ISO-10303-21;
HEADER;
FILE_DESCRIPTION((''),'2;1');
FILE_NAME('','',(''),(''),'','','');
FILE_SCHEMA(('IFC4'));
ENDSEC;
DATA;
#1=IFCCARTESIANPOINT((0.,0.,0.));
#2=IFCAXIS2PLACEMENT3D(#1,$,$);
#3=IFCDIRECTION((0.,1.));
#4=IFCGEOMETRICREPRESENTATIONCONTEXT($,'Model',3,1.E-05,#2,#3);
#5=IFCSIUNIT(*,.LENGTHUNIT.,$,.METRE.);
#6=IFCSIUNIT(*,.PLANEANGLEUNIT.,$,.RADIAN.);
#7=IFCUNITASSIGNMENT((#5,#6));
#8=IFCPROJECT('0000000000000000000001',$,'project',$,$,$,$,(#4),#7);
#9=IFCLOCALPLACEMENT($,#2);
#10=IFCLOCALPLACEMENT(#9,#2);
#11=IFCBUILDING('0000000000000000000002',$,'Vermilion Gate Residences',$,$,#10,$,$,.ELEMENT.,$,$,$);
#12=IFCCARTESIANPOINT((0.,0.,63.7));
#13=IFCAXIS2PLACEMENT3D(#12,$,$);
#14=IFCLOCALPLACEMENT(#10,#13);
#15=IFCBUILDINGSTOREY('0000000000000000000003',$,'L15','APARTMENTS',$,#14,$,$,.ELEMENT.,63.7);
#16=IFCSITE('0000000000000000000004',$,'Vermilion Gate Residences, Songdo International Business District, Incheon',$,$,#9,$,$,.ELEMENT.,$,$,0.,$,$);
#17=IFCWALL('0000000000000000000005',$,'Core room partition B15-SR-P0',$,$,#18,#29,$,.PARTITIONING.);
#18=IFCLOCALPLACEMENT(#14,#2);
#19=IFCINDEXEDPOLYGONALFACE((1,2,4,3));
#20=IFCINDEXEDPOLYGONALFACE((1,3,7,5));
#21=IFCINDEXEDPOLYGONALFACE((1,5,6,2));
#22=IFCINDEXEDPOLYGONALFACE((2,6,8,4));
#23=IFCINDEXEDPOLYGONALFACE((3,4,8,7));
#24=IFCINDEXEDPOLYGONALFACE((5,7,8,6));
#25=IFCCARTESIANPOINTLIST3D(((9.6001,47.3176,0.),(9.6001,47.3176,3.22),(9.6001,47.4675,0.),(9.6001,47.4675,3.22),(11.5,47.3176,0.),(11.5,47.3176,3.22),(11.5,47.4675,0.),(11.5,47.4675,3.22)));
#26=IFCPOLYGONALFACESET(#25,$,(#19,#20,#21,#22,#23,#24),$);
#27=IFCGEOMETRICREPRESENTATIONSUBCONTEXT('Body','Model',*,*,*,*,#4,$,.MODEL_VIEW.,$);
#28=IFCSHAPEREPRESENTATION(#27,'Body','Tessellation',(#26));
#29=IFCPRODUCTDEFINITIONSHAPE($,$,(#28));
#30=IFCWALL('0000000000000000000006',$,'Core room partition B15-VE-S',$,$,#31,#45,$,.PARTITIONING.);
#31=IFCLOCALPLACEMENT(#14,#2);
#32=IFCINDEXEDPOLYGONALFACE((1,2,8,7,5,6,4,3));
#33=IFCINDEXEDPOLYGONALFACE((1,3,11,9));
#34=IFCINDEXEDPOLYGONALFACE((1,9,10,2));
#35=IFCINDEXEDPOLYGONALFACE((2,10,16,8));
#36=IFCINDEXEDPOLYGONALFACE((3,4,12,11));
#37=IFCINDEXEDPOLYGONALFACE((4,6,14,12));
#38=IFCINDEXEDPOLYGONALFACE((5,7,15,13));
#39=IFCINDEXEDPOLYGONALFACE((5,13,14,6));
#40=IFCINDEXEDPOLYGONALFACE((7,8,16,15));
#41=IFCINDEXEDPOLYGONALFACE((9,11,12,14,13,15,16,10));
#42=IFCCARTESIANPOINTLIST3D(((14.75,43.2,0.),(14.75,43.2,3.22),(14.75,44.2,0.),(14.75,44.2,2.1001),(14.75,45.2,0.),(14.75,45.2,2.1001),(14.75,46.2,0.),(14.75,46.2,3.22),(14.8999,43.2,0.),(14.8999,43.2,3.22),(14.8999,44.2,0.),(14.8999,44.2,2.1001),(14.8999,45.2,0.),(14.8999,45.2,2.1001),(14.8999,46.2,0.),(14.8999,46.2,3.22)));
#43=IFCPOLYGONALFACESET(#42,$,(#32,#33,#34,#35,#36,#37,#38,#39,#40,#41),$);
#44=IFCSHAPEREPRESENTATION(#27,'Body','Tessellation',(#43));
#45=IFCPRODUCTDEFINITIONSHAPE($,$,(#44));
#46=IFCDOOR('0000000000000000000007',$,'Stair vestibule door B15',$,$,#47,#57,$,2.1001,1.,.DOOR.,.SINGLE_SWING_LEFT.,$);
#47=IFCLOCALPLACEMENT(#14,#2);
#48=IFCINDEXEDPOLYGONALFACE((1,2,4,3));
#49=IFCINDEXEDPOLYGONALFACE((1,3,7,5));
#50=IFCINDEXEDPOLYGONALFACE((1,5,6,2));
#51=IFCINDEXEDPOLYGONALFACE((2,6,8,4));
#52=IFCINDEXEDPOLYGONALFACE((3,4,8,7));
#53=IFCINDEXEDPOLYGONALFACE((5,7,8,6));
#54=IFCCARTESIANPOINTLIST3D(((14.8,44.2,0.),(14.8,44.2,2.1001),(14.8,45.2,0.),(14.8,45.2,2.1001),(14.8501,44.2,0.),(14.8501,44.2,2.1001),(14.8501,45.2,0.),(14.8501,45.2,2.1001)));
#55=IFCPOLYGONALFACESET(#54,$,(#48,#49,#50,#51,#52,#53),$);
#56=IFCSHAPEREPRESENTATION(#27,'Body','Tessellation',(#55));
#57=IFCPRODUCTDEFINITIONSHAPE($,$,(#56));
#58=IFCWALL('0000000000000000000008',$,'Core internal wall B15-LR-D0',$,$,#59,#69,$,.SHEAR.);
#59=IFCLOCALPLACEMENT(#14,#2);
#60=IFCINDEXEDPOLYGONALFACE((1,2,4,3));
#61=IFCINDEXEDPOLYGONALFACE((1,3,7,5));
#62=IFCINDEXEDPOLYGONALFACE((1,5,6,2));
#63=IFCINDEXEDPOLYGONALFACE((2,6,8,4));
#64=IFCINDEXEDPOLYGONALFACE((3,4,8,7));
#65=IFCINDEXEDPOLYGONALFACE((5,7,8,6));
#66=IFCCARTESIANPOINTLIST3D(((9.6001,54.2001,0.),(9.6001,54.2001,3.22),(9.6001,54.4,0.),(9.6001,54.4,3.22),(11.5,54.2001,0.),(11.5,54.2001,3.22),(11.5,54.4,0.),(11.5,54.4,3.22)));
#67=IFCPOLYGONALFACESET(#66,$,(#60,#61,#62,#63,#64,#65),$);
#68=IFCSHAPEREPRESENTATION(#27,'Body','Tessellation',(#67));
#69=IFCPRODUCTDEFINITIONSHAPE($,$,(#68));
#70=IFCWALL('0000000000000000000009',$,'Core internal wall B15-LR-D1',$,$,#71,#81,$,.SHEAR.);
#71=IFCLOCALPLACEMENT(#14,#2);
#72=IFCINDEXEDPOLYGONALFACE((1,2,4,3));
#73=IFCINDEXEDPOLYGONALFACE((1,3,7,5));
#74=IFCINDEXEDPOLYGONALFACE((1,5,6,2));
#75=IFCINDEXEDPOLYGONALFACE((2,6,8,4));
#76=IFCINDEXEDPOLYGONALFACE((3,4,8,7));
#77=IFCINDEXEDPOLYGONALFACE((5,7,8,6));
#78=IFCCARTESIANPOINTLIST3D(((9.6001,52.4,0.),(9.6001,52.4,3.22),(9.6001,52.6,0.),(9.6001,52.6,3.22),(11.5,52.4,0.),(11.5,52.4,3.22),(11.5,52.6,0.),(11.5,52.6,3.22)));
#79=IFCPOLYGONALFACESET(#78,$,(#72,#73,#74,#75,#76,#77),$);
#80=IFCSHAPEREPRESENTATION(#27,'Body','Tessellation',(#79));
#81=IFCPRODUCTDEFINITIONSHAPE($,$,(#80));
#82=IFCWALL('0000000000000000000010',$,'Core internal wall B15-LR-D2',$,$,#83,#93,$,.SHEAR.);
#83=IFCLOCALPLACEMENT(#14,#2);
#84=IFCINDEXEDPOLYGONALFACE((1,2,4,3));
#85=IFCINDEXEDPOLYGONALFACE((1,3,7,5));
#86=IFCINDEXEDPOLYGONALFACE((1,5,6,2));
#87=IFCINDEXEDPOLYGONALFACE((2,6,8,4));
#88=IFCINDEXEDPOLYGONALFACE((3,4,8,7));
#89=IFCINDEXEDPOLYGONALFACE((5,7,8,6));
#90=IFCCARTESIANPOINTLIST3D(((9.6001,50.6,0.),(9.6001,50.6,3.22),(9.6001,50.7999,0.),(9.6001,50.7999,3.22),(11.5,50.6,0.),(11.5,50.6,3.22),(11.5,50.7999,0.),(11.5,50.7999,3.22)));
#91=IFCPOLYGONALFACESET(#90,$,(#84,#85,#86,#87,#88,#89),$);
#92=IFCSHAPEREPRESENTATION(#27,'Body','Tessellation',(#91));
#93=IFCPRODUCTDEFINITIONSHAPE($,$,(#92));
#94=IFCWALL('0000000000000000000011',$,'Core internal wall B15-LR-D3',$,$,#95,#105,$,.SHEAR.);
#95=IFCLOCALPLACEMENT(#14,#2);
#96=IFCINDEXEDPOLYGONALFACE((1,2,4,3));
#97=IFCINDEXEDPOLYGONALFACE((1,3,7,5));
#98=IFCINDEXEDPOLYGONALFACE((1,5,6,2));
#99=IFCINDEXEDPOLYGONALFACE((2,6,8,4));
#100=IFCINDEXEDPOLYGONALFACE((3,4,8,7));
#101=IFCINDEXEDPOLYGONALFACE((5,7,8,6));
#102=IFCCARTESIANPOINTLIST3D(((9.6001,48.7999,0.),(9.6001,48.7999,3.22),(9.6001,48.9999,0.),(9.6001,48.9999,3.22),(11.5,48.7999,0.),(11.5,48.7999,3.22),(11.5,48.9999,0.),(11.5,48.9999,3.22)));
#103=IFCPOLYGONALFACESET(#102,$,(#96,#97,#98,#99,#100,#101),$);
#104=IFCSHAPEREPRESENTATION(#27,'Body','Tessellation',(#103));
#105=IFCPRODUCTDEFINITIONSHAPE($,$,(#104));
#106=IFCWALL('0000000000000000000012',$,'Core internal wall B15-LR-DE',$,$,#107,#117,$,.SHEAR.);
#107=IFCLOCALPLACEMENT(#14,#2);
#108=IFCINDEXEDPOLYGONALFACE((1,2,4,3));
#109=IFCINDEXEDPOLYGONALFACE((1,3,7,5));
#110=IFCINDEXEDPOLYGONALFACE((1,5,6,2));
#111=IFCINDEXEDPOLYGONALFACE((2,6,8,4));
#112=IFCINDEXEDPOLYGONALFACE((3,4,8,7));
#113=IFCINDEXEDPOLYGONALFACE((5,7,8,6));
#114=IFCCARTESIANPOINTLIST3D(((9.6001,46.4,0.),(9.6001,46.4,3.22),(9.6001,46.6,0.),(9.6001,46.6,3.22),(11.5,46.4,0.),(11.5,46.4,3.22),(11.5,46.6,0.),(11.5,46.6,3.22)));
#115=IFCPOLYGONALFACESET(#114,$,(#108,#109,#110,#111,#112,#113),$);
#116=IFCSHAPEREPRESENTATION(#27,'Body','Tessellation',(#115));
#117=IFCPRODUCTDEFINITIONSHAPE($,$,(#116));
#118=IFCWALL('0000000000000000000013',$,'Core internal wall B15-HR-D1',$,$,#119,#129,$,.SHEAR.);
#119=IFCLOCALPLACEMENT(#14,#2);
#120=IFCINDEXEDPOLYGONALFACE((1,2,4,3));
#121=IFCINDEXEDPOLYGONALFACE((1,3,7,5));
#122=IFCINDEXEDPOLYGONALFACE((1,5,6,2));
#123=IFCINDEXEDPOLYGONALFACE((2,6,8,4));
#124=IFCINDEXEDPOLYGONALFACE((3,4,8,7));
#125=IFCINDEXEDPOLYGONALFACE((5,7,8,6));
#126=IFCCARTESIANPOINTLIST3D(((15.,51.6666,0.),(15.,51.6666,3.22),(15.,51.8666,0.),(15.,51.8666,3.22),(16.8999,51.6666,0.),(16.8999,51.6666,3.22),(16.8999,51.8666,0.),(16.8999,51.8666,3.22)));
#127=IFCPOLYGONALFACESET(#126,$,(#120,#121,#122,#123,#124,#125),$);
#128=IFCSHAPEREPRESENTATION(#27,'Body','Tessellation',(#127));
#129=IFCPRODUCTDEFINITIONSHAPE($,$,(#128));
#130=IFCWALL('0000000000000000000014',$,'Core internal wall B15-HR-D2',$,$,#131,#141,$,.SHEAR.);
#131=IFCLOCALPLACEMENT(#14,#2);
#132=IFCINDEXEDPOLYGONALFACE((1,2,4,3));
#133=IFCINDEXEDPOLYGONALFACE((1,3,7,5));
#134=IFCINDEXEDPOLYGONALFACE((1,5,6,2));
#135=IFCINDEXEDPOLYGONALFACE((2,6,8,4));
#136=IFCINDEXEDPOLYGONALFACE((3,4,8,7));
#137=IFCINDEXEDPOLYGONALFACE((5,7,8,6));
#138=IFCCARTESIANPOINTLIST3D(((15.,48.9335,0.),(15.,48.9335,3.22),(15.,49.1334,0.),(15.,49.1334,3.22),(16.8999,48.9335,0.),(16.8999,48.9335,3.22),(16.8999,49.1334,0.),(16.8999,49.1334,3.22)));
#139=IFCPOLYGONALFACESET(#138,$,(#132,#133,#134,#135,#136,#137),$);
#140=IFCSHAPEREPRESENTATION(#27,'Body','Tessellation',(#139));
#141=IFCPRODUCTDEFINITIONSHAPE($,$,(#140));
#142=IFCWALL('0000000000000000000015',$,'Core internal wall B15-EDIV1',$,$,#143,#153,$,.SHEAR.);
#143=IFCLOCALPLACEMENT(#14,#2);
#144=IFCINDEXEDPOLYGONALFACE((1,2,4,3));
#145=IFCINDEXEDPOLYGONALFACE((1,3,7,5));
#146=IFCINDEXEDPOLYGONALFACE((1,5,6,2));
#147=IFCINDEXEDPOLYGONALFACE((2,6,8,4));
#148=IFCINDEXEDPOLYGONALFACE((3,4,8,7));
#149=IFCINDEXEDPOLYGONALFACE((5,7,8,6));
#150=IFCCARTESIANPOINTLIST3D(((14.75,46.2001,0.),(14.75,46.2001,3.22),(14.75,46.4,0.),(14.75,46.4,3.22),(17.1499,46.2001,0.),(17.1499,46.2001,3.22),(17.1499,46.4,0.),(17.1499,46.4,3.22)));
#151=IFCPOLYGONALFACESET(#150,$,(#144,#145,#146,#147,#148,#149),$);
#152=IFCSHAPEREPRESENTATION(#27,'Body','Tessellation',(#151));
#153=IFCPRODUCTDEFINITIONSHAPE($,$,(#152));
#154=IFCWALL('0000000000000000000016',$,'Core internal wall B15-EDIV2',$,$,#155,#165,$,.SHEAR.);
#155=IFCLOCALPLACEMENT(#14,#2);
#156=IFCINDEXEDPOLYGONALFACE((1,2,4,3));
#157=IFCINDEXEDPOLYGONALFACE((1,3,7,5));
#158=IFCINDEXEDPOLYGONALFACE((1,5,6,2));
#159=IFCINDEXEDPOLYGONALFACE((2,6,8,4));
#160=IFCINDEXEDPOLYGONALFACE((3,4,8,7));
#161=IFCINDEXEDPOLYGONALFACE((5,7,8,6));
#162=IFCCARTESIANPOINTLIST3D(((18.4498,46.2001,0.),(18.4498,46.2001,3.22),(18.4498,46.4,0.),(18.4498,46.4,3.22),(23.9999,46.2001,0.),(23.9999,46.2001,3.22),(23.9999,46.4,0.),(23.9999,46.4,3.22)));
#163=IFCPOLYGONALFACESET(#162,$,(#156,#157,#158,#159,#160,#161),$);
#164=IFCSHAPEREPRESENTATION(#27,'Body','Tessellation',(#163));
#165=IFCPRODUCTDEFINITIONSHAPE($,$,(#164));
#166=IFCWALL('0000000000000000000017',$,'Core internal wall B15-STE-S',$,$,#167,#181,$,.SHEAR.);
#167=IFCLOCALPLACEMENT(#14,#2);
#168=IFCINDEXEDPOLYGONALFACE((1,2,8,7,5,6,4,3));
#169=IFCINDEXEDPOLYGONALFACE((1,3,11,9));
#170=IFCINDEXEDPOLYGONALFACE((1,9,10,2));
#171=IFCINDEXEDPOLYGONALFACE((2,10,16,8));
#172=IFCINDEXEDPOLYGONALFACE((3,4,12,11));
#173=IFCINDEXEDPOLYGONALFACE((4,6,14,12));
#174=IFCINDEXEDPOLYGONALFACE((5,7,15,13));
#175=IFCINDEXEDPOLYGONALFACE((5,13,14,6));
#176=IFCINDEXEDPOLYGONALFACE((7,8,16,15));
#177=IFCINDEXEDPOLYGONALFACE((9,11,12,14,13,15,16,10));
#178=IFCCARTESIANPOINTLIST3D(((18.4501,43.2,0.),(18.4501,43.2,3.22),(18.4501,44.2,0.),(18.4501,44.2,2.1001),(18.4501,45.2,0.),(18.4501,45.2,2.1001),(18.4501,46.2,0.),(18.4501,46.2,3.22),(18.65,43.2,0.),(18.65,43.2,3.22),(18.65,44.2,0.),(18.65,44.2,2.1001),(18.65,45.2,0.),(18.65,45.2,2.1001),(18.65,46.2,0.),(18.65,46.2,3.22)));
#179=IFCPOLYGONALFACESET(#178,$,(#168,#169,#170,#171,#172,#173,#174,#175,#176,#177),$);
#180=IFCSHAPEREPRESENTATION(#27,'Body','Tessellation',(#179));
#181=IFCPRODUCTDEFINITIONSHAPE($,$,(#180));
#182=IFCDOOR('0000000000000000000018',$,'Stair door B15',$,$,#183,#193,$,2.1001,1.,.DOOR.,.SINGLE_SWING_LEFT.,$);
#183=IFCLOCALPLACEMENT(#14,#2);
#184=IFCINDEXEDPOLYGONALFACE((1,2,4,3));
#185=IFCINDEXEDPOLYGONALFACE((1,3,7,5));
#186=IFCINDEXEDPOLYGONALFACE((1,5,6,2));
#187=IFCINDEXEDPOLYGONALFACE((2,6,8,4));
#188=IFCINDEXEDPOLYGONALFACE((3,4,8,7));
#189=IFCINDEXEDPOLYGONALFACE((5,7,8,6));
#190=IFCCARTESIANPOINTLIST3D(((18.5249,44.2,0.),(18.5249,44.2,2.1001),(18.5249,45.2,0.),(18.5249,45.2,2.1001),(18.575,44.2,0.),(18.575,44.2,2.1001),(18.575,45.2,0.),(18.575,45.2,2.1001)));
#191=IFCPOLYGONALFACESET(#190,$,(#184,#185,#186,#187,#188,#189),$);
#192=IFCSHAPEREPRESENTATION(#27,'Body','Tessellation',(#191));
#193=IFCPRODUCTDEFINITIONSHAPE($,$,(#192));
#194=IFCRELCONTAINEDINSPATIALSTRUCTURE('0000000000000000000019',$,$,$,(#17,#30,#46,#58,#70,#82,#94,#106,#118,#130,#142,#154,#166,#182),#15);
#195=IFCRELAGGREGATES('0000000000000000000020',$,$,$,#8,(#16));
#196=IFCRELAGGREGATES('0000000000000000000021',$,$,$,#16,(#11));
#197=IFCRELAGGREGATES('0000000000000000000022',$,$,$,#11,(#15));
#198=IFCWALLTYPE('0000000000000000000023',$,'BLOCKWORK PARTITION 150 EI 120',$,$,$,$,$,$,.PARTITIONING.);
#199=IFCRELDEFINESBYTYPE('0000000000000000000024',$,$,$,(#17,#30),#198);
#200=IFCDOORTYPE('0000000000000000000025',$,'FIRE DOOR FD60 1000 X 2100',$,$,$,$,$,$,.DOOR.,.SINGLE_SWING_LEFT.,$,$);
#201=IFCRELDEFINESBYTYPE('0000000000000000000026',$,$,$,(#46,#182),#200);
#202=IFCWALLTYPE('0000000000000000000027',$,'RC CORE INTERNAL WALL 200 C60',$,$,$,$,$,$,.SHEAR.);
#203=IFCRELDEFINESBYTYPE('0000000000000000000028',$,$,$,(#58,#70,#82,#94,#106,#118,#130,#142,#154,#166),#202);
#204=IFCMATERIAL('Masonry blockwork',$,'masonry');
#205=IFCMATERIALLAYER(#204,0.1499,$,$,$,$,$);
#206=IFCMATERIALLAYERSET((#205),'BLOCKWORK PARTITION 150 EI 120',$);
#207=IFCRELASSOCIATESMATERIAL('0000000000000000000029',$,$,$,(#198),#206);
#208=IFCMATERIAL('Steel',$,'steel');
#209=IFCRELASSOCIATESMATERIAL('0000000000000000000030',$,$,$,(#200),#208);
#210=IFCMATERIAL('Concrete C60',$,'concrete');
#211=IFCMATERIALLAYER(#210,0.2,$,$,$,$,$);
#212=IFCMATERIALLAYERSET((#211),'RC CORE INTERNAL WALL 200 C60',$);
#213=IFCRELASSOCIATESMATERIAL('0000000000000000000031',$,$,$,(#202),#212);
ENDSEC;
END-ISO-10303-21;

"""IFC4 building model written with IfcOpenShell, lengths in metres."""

from ifc_helpers import new_model, si_unit, direction, frame, frame_2d, origin, place, context, subcontext, project, spatial, rectangle, extrude, material, layer, layer_set, type_object, element, fill, save


model = new_model("IFC4")

# Units and contexts
model_context = context("Model", 3, precision=1e-05, world=origin(), true_north=direction((0.0, 1.0)))
body_context = subcontext(model_context, "Body", "Model", "MODEL_VIEW")
ifc_project = project(units=[si_unit("LENGTHUNIT", "METRE"), si_unit("PLANEANGLEUNIT", "RADIAN")], contexts=[model_context])

# Site, building, storey
site_placement = place(None, origin())
site = spatial("IfcSite", under=ifc_project, at=site_placement, Name="Vermilion Gate Residences, Songdo International Business District, Incheon", CompositionType="ELEMENT", RefElevation=0.0)
building_placement = place(site_placement, origin())
building = spatial("IfcBuilding", under=site, at=building_placement, Name="Vermilion Gate Residences", CompositionType="ELEMENT")
storey_placement = place(building_placement, frame((0.0, 0.0, 63.7)))
storey = spatial("IfcBuildingStorey", under=building, at=storey_placement, Name="L15", Description="APARTMENTS", CompositionType="ELEMENT", Elevation=63.7)

# Wall
ifc_material_1 = material(Name="Masonry blockwork", Category="masonry")
ifc_layer_1 = layer(ifc_material_1, 0.1499)
ifc_layer_set_1 = layer_set([ifc_layer_1], Name="BLOCKWORK PARTITION 150 EI 120")
wall_type_1 = type_object("IfcWallType", Name="BLOCKWORK PARTITION 150 EI 120", PredefinedType="PARTITIONING", material=ifc_layer_set_1)
wall_1_placement = place(storey_placement, frame((9.6001, 47.3926, 0.0), z_axis=(0.0, 0.0, 1.0), x_axis=(1.0, 0.0, 0.0)))
element("IfcWall", 1, at=wall_1_placement, inside=storey, type_object=wall_type_1, Name="Core room partition B15-SR-P0", PredefinedType="PARTITIONING", context=body_context, shape_type="SweptSolid", body=[
    extrude(rectangle(XDim=1.8999, YDim=0.1499, at=frame_2d((0.95, 0.0))), origin(), (0.0, 0.0, 1.0), 3.22),
])

# Wall, opening, door
wall_2_placement = place(storey_placement, frame((14.825, 46.2, 0.0), z_axis=(0.0, 0.0, 1.0), x_axis=(0.0, -1.0, 0.0)))
wall_2 = element("IfcWall", 2, at=wall_2_placement, inside=storey, type_object=wall_type_1, Name="Core room partition B15-VE-S", PredefinedType="PARTITIONING", context=body_context, shape_type="SweptSolid", body=[
    extrude(rectangle(XDim=3.0, YDim=0.1499, at=frame_2d((1.5, 0.0))), origin(), (0.0, 0.0, 1.0), 3.22),
])
opening_1_placement = place(wall_2_placement, frame((1.0, 0.0, 0.0)))
opening_1 = element("IfcOpeningElement", 3, at=opening_1_placement, cuts=wall_2, PredefinedType="OPENING", context=body_context, shape_type="SweptSolid", body=[
    extrude(rectangle(XDim=1.0, YDim=2.1001, at=frame_2d((0.5, 1.05))), frame((0.0, 0.085, 0.0), z_axis=(0.0, -1.0, 0.0), x_axis=(1.0, 0.0, 0.0)), (0.0, 0.0, 1.0), 0.1699),
])
ifc_material_2 = material(Name="Steel", Category="steel")
door_type_1 = type_object("IfcDoorType", Name="FIRE DOOR FD60 1000 X 2100", OperationType="SINGLE_SWING_LEFT", PredefinedType="DOOR", material=ifc_material_2)
door_1_placement = place(opening_1_placement, frame((1.0, 0.0, 0.0), z_axis=(0.0, 0.0, 1.0), x_axis=(-1.0, 0.0, 0.0)))
door_1 = element("IfcDoor", 4, at=door_1_placement, inside=storey, type_object=door_type_1, Name="Stair vestibule door B15", OperationType="SINGLE_SWING_LEFT", OverallHeight=2.1001, OverallWidth=1.0, PredefinedType="DOOR", context=body_context, shape_type="SweptSolid", body=[
    extrude(rectangle(XDim=1.0, YDim=2.1001, at=frame_2d((0.5, 1.05))), frame((0.0, 0.0249, 0.0), z_axis=(0.0, -1.0, 0.0), x_axis=(1.0, 0.0, 0.0)), (0.0, 0.0, 1.0), 0.05),
])
fill(opening_1, door_1)

# Walls
ifc_material_3 = material(Name="Concrete C60", Category="concrete")
ifc_layer_2 = layer(ifc_material_3, 0.2)
ifc_layer_set_2 = layer_set([ifc_layer_2], Name="RC CORE INTERNAL WALL 200 C60")
wall_type_2 = type_object("IfcWallType", Name="RC CORE INTERNAL WALL 200 C60", PredefinedType="SHEAR", material=ifc_layer_set_2)
for number, where, z_axis, x_axis, name in (
    (5, (9.6001, 54.3, 0.0), (0.0, 0.0, 1.0), (1.0, 0.0, 0.0), "Core internal wall B15-LR-D0"),
    (6, (9.6001, 52.5, 0.0), (0.0, 0.0, 1.0), (1.0, 0.0, 0.0), "Core internal wall B15-LR-D1"),
    (7, (9.6001, 50.7, 0.0), (0.0, 0.0, 1.0), (1.0, 0.0, 0.0), "Core internal wall B15-LR-D2"),
    (8, (9.6001, 48.8999, 0.0), (0.0, 0.0, 1.0), (1.0, 0.0, 0.0), "Core internal wall B15-LR-D3"),
    (9, (9.6001, 46.5, 0.0), (0.0, 0.0, 1.0), (1.0, 0.0, 0.0), "Core internal wall B15-LR-DE"),
    (10, (15.0, 51.7666, 0.0), (0.0, 0.0, 1.0), (1.0, 0.0, 0.0), "Core internal wall B15-HR-D1"),
    (11, (15.0, 49.0334, 0.0), (0.0, 0.0, 1.0), (1.0, 0.0, 0.0), "Core internal wall B15-HR-D2"),
):
    element("IfcWall", number, at=place(storey_placement, frame(where, z_axis=z_axis, x_axis=x_axis)), inside=storey, type_object=wall_type_2, Name=name, PredefinedType="SHEAR", context=body_context, shape_type="SweptSolid", body=[
        extrude(rectangle(XDim=1.8999, YDim=0.2, at=frame_2d((0.95, 0.0))), origin(), (0.0, 0.0, 1.0), 3.22),
    ])
wall_3_placement = place(storey_placement, frame((14.75, 46.3, 0.0), z_axis=(0.0, 0.0, 1.0), x_axis=(1.0, 0.0, 0.0)))
element("IfcWall", 12, at=wall_3_placement, inside=storey, type_object=wall_type_2, Name="Core internal wall B15-EDIV1", PredefinedType="SHEAR", context=body_context, shape_type="SweptSolid", body=[
    extrude(rectangle(XDim=2.3999, YDim=0.2, at=frame_2d((1.2, 0.0))), origin(), (0.0, 0.0, 1.0), 3.22),
])
wall_4_placement = place(storey_placement, frame((18.45, 46.3, 0.0), z_axis=(0.0, 0.0, 1.0), x_axis=(1.0, 0.0, 0.0)))
element("IfcWall", 13, at=wall_4_placement, inside=storey, type_object=wall_type_2, Name="Core internal wall B15-EDIV2", PredefinedType="SHEAR", context=body_context, shape_type="SweptSolid", body=[
    extrude(rectangle(XDim=5.55, YDim=0.2, at=frame_2d((2.7749, 0.0))), origin(), (0.0, 0.0, 1.0), 3.22),
])

# Wall, opening, door
wall_5_placement = place(storey_placement, frame((18.55, 46.2, 0.0), z_axis=(0.0, 0.0, 1.0), x_axis=(0.0, -1.0, 0.0)))
wall_5 = element("IfcWall", 14, at=wall_5_placement, inside=storey, type_object=wall_type_2, Name="Core internal wall B15-STE-S", PredefinedType="SHEAR", context=body_context, shape_type="SweptSolid", body=[
    extrude(rectangle(XDim=3.0, YDim=0.2, at=frame_2d((1.5, 0.0))), origin(), (0.0, 0.0, 1.0), 3.22),
])
opening_2_placement = place(wall_5_placement, frame((1.0, 0.0, 0.0)))
opening_2 = element("IfcOpeningElement", 15, at=opening_2_placement, cuts=wall_5, PredefinedType="OPENING", context=body_context, shape_type="SweptSolid", body=[
    extrude(rectangle(XDim=1.0, YDim=2.1001, at=frame_2d((0.5, 1.05))), frame((0.0, 0.1099, 0.0), z_axis=(0.0, -1.0, 0.0), x_axis=(1.0, 0.0, 0.0)), (0.0, 0.0, 1.0), 0.22),
])
door_2_placement = place(opening_2_placement, origin())
door_2 = element("IfcDoor", 16, at=door_2_placement, inside=storey, type_object=door_type_1, Name="Stair door B15", OperationType="SINGLE_SWING_LEFT", OverallHeight=2.1001, OverallWidth=1.0, PredefinedType="DOOR", context=body_context, shape_type="SweptSolid", body=[
    extrude(rectangle(XDim=1.0, YDim=2.1001, at=frame_2d((0.5, 1.05))), frame((0.0, 0.0249, 0.0), z_axis=(0.0, -1.0, 0.0), x_axis=(1.0, 0.0, 0.0)), (0.0, 0.0, 1.0), 0.05),
])
fill(opening_2, door_2)

save(model, "model.ifc")
